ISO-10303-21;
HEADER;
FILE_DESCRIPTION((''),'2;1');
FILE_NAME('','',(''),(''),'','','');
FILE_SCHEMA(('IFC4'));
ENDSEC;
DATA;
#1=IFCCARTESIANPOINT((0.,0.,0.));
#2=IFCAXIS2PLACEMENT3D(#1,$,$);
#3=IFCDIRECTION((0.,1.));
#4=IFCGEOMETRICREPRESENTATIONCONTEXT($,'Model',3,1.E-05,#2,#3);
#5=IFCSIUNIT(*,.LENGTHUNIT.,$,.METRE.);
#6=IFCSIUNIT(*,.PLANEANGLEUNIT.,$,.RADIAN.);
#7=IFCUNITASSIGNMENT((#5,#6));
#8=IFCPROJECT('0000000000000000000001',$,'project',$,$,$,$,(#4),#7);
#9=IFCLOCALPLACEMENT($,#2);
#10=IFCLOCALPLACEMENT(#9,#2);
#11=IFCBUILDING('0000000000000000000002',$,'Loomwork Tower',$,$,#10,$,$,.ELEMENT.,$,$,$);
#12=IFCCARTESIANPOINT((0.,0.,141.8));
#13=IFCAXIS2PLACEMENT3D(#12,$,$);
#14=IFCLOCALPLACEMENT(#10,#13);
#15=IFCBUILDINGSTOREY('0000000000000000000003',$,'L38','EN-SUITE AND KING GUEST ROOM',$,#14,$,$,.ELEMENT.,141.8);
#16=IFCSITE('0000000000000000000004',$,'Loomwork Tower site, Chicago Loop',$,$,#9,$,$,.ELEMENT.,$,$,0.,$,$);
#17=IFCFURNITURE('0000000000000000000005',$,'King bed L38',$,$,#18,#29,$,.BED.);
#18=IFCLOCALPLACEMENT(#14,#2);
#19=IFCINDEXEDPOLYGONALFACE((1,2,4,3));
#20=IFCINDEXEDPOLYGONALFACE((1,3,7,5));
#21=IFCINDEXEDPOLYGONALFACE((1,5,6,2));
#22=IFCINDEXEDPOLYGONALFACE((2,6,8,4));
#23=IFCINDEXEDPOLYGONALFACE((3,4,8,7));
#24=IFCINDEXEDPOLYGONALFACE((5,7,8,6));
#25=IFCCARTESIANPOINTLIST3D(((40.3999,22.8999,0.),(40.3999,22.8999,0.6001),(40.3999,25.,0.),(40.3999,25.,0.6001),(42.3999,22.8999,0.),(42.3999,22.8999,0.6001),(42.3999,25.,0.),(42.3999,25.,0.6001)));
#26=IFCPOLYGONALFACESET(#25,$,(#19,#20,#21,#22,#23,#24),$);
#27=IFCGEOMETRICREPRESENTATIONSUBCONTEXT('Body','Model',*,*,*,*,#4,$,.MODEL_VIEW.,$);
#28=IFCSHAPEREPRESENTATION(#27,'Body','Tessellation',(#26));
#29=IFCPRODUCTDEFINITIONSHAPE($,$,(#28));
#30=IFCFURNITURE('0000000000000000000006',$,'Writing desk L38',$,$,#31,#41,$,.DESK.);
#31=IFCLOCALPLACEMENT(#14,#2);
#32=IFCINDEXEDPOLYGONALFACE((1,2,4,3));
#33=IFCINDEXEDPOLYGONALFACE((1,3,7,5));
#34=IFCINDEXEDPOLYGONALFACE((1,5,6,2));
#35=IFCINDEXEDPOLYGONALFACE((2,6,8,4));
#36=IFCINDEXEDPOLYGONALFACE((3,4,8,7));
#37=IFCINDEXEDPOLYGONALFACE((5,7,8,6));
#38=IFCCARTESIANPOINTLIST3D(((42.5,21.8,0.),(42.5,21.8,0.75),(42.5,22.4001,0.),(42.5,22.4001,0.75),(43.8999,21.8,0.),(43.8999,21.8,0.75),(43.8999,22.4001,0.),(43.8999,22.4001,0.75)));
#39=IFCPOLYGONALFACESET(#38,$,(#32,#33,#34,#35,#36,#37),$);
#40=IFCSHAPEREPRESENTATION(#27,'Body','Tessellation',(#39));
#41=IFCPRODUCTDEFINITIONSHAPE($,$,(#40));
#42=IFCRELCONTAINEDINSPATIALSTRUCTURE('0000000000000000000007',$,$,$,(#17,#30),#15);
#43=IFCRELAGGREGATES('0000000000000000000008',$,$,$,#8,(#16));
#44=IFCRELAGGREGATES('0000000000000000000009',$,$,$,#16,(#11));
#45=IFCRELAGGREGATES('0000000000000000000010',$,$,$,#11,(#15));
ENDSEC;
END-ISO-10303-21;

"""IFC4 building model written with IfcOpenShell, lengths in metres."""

from ifc_helpers import new_model, si_unit, direction, frame, origin, origin_2d, place, context, subcontext, project, spatial, rectangle, extrude, element, save


model = new_model("IFC4")

# Units and contexts
model_context = context("Model", 3, precision=1e-05, world=origin(), true_north=direction((0.0, 1.0)))
body_context = subcontext(model_context, "Body", "Model", "MODEL_VIEW")
ifc_project = project(units=[si_unit("LENGTHUNIT", "METRE"), si_unit("PLANEANGLEUNIT", "RADIAN")], contexts=[model_context])

# Site, building, storey
site_placement = place(None, origin())
site = spatial("IfcSite", under=ifc_project, at=site_placement, Name="Loomwork Tower site, Chicago Loop", CompositionType="ELEMENT", RefElevation=0.0)
building_placement = place(site_placement, origin())
building = spatial("IfcBuilding", under=site, at=building_placement, Name="Loomwork Tower", CompositionType="ELEMENT")
storey_placement = place(building_placement, frame((0.0, 0.0, 141.8)))
storey = spatial("IfcBuildingStorey", under=building, at=storey_placement, Name="L38", Description="EN-SUITE AND KING GUEST ROOM", CompositionType="ELEMENT", Elevation=141.8)

# Furniture
furniture_1_placement = place(storey_placement, frame((41.3999, 23.95, 0.0), z_axis=(0.0, 0.0, 1.0), x_axis=(1.0, 0.0, 0.0)))
element("IfcFurniture", 1, at=furniture_1_placement, inside=storey, Name="King bed L38", PredefinedType="BED", context=body_context, shape_type="SweptSolid", body=[
    extrude(rectangle(XDim=2.0, YDim=2.1001, at=origin_2d()), origin(), (0.0, 0.0, 1.0), 0.6001),
])
furniture_2_placement = place(storey_placement, frame((43.2, 22.1001, 0.0), z_axis=(0.0, 0.0, 1.0), x_axis=(1.0, 0.0, 0.0)))
element("IfcFurniture", 2, at=furniture_2_placement, inside=storey, Name="Writing desk L38", PredefinedType="DESK", context=body_context, shape_type="SweptSolid", body=[
    extrude(rectangle(XDim=1.3999, YDim=0.6001, at=origin_2d()), origin(), (0.0, 0.0, 1.0), 0.75),
])

save(model, "model.ifc")
